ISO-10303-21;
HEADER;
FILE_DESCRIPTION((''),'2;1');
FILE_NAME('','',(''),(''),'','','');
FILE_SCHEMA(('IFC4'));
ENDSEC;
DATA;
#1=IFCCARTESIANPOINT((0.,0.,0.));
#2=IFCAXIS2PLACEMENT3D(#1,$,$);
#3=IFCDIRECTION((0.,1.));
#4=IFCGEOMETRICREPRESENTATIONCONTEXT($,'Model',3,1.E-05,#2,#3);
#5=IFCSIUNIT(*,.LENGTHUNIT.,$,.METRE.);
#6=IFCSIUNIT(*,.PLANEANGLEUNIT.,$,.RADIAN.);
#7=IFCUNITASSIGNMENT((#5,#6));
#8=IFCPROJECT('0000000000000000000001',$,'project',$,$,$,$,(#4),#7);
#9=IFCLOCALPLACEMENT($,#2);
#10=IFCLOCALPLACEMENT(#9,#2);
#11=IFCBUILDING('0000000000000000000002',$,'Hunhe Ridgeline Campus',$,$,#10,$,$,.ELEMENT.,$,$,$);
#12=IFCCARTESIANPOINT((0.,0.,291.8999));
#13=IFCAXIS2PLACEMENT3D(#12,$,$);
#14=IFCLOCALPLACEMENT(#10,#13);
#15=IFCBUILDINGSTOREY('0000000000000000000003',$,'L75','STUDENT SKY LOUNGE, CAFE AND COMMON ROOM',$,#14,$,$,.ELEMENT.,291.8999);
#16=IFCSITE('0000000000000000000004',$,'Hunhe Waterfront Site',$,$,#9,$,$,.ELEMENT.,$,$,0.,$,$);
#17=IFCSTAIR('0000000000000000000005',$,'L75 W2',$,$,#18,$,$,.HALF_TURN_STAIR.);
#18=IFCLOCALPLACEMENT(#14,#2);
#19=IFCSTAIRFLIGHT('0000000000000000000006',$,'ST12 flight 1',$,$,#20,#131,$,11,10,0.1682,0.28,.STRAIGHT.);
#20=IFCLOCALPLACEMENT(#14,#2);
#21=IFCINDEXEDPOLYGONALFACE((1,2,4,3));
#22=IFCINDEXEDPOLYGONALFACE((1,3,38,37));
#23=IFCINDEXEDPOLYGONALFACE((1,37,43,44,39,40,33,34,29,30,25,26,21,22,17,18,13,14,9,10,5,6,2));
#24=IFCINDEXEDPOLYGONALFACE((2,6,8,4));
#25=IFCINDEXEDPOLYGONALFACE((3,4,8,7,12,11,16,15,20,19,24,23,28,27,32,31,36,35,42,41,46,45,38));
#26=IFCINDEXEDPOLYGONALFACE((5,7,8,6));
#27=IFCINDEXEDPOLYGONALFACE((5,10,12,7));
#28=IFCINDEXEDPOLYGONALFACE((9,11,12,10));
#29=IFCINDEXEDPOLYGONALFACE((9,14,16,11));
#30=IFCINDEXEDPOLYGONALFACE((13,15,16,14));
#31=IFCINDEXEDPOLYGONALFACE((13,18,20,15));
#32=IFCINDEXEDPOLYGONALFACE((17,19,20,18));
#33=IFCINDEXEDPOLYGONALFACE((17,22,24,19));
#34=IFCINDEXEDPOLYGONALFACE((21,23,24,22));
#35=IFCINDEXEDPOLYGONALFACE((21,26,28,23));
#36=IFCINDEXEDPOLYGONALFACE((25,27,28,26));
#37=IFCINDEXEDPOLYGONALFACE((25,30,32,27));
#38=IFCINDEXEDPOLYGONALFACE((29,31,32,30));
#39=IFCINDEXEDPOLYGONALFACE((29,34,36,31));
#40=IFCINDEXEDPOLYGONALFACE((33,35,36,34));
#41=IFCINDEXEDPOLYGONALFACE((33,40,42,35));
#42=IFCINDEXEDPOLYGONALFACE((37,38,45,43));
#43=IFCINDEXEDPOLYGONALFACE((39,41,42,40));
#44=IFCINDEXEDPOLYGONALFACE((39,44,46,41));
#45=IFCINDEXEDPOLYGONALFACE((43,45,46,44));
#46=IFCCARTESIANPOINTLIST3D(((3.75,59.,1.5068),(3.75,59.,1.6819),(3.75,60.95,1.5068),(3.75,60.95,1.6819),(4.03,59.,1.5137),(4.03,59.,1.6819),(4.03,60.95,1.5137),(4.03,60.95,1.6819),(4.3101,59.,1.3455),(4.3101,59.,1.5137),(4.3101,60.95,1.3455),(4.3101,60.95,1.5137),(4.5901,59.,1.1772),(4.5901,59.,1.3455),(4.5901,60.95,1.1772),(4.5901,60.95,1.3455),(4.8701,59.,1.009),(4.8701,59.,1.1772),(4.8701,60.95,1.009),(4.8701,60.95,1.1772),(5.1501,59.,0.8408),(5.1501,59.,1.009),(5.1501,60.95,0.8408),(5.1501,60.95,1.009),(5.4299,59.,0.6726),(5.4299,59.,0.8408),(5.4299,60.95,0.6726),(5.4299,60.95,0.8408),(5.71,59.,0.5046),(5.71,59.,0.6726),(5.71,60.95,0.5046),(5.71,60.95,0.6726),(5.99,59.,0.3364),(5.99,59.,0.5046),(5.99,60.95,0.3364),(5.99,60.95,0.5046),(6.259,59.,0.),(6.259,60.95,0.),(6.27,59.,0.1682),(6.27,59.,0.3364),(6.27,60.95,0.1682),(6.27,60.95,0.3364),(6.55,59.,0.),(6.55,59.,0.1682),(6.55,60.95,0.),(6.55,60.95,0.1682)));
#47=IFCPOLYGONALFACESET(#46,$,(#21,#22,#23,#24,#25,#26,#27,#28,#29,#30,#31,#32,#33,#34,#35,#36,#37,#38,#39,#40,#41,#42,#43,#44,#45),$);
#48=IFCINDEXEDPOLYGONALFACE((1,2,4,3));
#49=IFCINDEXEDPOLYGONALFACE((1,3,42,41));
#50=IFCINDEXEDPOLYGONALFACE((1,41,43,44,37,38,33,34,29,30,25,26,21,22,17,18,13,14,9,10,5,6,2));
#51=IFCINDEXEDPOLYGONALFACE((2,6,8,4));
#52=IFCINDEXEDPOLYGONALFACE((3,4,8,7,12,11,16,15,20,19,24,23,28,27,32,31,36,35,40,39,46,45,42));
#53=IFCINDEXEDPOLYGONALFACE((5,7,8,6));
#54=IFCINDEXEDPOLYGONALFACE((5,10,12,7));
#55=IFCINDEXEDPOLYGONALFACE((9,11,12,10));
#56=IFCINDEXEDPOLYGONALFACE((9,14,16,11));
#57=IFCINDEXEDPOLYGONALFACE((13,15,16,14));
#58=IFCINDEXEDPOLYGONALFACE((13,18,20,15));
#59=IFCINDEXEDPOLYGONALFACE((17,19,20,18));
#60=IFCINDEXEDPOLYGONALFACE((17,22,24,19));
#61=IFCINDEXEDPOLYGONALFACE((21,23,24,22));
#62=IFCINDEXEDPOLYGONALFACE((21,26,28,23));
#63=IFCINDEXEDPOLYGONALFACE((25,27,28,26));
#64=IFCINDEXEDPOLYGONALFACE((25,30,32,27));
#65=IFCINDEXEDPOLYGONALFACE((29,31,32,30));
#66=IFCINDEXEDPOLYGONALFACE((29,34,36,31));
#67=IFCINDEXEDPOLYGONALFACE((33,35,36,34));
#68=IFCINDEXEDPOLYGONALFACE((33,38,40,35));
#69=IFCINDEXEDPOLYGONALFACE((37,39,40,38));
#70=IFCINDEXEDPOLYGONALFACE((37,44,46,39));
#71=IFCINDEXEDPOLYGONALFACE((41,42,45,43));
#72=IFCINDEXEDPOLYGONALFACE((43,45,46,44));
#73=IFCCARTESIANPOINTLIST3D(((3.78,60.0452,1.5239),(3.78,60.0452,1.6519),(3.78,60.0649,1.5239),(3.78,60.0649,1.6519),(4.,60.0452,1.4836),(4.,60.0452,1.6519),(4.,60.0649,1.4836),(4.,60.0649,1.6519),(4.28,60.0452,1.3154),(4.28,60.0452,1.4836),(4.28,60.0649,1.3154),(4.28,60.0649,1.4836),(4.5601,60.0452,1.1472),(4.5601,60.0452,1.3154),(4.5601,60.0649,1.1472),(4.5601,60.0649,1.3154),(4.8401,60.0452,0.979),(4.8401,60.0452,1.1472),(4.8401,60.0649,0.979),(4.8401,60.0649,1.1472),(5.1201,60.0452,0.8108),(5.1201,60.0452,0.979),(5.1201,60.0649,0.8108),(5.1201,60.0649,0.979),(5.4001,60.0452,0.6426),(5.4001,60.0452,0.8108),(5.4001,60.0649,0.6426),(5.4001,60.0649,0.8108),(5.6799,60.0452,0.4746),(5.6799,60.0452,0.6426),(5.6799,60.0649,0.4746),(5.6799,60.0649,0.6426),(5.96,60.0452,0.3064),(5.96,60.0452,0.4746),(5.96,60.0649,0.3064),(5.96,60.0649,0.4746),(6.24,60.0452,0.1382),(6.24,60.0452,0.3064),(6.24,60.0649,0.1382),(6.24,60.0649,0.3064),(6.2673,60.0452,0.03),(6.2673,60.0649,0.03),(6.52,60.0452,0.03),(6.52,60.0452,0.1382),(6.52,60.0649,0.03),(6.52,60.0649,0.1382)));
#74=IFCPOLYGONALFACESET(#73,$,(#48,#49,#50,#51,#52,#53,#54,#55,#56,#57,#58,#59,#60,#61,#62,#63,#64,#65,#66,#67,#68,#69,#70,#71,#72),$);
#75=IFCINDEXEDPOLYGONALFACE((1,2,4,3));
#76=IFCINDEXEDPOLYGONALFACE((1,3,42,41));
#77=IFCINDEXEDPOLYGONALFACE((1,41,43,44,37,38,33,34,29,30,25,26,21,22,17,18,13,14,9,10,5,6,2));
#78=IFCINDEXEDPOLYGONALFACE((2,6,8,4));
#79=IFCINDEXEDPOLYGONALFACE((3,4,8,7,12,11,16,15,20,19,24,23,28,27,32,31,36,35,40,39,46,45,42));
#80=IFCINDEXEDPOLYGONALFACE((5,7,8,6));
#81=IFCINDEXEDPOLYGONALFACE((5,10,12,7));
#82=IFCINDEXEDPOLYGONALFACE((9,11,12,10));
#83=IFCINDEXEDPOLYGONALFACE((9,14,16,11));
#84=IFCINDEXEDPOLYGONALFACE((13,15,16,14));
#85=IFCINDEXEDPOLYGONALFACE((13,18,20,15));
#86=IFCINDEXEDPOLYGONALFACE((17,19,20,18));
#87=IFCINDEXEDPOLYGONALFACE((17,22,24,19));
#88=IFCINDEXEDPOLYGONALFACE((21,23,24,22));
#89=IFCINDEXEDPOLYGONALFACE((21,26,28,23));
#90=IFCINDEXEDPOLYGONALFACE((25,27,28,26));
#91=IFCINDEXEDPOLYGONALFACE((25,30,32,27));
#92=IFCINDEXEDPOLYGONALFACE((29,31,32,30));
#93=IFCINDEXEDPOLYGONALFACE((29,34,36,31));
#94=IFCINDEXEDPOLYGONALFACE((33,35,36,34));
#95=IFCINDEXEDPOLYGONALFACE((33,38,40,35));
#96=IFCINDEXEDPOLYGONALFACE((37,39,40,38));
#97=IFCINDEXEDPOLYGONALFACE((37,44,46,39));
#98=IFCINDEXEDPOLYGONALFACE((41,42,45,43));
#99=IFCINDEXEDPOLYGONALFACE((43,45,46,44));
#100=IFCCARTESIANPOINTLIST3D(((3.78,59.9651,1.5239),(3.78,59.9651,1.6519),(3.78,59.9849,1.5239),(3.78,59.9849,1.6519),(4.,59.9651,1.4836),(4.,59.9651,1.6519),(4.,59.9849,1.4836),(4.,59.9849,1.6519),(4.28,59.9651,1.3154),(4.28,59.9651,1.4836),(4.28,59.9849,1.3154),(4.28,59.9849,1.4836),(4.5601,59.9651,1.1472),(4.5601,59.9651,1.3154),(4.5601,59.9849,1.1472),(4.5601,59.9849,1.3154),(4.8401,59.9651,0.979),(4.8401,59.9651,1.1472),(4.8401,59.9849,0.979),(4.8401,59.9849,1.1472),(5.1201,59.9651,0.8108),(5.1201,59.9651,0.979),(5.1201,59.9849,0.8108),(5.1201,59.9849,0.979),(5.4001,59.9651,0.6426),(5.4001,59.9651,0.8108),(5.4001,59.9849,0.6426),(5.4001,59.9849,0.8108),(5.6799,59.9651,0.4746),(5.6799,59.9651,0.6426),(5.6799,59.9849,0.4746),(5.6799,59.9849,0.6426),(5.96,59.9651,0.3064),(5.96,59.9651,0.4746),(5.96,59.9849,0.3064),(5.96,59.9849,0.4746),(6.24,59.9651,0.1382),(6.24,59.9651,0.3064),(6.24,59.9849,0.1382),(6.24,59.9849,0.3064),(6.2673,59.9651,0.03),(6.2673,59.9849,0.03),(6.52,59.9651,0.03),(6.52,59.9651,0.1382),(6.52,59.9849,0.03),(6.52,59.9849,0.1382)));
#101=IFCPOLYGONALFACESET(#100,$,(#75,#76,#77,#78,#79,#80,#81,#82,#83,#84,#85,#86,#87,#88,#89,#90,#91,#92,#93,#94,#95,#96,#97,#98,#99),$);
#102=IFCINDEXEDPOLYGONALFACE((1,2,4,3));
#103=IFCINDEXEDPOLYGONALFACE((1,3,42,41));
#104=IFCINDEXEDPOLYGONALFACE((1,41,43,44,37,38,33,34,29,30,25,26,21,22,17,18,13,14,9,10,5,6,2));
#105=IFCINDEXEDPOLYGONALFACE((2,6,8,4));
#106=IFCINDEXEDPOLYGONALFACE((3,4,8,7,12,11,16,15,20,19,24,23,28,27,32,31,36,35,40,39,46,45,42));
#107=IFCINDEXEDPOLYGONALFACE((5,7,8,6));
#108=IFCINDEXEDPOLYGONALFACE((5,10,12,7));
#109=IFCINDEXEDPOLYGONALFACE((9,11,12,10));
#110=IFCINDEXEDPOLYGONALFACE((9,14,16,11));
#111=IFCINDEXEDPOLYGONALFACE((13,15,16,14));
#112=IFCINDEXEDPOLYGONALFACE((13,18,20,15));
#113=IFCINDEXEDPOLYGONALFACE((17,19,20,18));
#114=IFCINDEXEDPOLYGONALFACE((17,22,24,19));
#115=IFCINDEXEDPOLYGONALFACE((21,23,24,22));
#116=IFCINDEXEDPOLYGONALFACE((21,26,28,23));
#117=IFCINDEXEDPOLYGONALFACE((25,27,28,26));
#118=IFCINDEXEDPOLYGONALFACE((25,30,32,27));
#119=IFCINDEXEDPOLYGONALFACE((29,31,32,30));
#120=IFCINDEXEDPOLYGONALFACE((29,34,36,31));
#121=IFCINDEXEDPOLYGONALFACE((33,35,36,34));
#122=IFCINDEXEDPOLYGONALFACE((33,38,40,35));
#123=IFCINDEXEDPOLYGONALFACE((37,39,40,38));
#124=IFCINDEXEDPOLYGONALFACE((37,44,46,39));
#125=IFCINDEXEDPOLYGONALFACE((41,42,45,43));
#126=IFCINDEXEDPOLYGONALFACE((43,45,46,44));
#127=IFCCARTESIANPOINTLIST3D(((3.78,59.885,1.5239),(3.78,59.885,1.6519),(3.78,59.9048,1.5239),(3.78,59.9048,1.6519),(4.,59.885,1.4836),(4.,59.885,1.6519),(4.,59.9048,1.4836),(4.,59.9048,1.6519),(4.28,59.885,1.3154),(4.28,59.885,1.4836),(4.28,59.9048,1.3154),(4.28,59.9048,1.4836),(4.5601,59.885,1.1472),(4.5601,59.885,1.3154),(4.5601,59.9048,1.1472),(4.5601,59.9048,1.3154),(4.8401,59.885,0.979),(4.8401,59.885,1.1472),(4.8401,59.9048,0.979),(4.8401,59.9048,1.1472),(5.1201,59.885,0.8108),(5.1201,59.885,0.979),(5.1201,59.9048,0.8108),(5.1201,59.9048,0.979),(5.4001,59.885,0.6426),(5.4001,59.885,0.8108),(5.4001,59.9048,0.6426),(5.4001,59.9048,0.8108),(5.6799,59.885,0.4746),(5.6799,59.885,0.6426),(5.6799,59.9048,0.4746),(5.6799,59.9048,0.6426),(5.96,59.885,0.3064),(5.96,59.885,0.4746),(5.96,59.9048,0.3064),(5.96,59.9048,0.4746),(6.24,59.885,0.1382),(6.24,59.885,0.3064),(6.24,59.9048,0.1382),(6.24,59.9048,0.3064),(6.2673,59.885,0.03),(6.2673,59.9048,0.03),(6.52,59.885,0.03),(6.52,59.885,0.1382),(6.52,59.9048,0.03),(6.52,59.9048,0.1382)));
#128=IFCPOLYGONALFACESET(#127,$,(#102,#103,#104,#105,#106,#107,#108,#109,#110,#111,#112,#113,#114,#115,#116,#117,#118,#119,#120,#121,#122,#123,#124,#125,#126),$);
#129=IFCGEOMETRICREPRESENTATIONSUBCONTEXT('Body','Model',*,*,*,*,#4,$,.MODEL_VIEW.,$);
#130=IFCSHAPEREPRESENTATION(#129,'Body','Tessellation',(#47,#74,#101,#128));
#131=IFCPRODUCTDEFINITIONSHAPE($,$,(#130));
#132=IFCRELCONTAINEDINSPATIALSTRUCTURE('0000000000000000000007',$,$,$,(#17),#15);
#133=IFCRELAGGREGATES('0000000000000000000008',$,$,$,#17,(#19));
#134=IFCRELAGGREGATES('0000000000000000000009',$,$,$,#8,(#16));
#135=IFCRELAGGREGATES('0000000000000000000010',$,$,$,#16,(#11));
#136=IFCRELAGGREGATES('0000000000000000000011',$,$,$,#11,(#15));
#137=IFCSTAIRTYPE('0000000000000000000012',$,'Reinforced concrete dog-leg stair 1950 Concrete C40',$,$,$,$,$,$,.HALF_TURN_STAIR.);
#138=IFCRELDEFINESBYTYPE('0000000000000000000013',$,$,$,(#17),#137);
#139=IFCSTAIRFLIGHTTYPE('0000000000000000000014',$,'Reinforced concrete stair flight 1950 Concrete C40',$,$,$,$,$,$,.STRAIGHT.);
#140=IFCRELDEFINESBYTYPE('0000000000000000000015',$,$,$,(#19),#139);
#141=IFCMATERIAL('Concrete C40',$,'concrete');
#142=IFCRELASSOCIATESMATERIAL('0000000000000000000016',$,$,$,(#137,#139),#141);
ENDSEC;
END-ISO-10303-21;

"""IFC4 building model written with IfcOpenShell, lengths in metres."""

from ifc_helpers import new_model, si_unit, direction, frame, origin, place, context, subcontext, project, spatial, polyline, outline, extrude, material, type_object, element, aggregate, save


model = new_model("IFC4")

# Units and contexts
model_context = context("Model", 3, precision=1e-05, world=origin(), true_north=direction((0.0, 1.0)))
body_context = subcontext(model_context, "Body", "Model", "MODEL_VIEW")
ifc_project = project(units=[si_unit("LENGTHUNIT", "METRE"), si_unit("PLANEANGLEUNIT", "RADIAN")], contexts=[model_context])

# Site, building, storey
site_placement = place(None, origin())
site = spatial("IfcSite", under=ifc_project, at=site_placement, Name="Hunhe Waterfront Site", CompositionType="ELEMENT", RefElevation=0.0)
building_placement = place(site_placement, origin())
building = spatial("IfcBuilding", under=site, at=building_placement, Name="Hunhe Ridgeline Campus", CompositionType="ELEMENT")
storey_placement = place(building_placement, frame((0.0, 0.0, 291.8999)))
storey = spatial("IfcBuildingStorey", under=building, at=storey_placement, Name="L75", Description="STUDENT SKY LOUNGE, CAFE AND COMMON ROOM", CompositionType="ELEMENT", Elevation=291.8999)

# Shared definitions
ifc_material_1 = material(Name="Concrete C40", Category="concrete")
stair_type = type_object("IfcStairType", Name="Reinforced concrete dog-leg stair 1950 Concrete C40", PredefinedType="HALF_TURN_STAIR", material=ifc_material_1)
stair_flight_type = type_object("IfcStairFlightType", Name="Reinforced concrete stair flight 1950 Concrete C40", PredefinedType="STRAIGHT", material=ifc_material_1)

# Stair, stair flight
stair_1_placement = place(storey_placement, origin())
stair_1 = element("IfcStair", 1, at=stair_1_placement, inside=storey, type_object=stair_type, Name="L75 W2", PredefinedType="HALF_TURN_STAIR")
stair_flight_1_placement = place(storey_placement, frame((6.55, 59.9751, 0.0), z_axis=(0.0, 0.0, 1.0), x_axis=(-1.0, 0.0, 0.0)))
stair_flight_1 = element("IfcStairFlight", 2, at=stair_flight_1_placement, type_object=stair_flight_type, Name="ST12 flight 1", NumberOfRisers=11, NumberOfTreads=10, PredefinedType="STRAIGHT", RiserHeight=0.1682, TreadLength=0.28, context=body_context, shape_type="SweptSolid", body=[
    extrude(outline(polyline([(0.0, 0.0), (0.0, 0.1682), (0.28, 0.1682), (0.28, 0.3364), (0.5601, 0.3364), (0.5601, 0.5046), (0.8401, 0.5046), (0.8401, 0.6726), (1.1201, 0.6726), (1.1201, 0.8408), (1.3999, 0.8408), (1.3999, 1.009), (1.6799, 1.009), (1.6799, 1.1772), (1.96, 1.1772), (1.96, 1.3455), (2.24, 1.3455), (2.24, 1.5137), (2.52, 1.5137), (2.52, 1.6819), (2.8, 1.6819), (2.8, 1.8501), (2.8, 1.5068), (0.291, 0.0), (0.0, 0.0)])), frame((0.0, 0.9751, 0.0), z_axis=(0.0, -1.0, 0.0), x_axis=(1.0, 0.0, 0.0)), (0.0, 0.0, 1.0), 1.95),
    extrude(outline(polyline([(0.03, 0.03), (0.03, 0.1382), (0.3101, 0.1382), (0.3101, 0.3064), (0.5901, 0.3064), (0.5901, 0.4746), (0.8701, 0.4746), (0.8701, 0.6426), (1.1499, 0.6426), (1.1499, 0.8108), (1.4299, 0.8108), (1.4299, 0.979), (1.71, 0.979), (1.71, 1.1472), (1.99, 1.1472), (1.99, 1.3154), (2.27, 1.3154), (2.27, 1.4836), (2.55, 1.4836), (2.55, 1.6519), (2.77, 1.6519), (2.77, 1.5239), (0.2827, 0.03), (0.03, 0.03)])), frame((0.0, -0.0701, 0.0), z_axis=(0.0, -1.0, 0.0), x_axis=(1.0, 0.0, 0.0)), (0.0, 0.0, 1.0), 0.0198),
    extrude(outline(polyline([(0.03, 0.03), (0.03, 0.1382), (0.3101, 0.1382), (0.3101, 0.3064), (0.5901, 0.3064), (0.5901, 0.4746), (0.8701, 0.4746), (0.8701, 0.6426), (1.1499, 0.6426), (1.1499, 0.8108), (1.4299, 0.8108), (1.4299, 0.979), (1.71, 0.979), (1.71, 1.1472), (1.99, 1.1472), (1.99, 1.3154), (2.27, 1.3154), (2.27, 1.4836), (2.55, 1.4836), (2.55, 1.6519), (2.77, 1.6519), (2.77, 1.5239), (0.2827, 0.03), (0.03, 0.03)])), frame((0.0, 0.01, 0.0), z_axis=(0.0, -1.0, 0.0), x_axis=(1.0, 0.0, 0.0)), (0.0, 0.0, 1.0), 0.0198),
    extrude(outline(polyline([(0.03, 0.03), (0.03, 0.1382), (0.3101, 0.1382), (0.3101, 0.3064), (0.5901, 0.3064), (0.5901, 0.4746), (0.8701, 0.4746), (0.8701, 0.6426), (1.1499, 0.6426), (1.1499, 0.8108), (1.4299, 0.8108), (1.4299, 0.979), (1.71, 0.979), (1.71, 1.1472), (1.99, 1.1472), (1.99, 1.3154), (2.27, 1.3154), (2.27, 1.4836), (2.55, 1.4836), (2.55, 1.6519), (2.77, 1.6519), (2.77, 1.5239), (0.2827, 0.03), (0.03, 0.03)])), frame((0.0, 0.0901, 0.0), z_axis=(0.0, -1.0, 0.0), x_axis=(1.0, 0.0, 0.0)), (0.0, 0.0, 1.0), 0.0198),
])
aggregate(stair_1, [stair_flight_1])

save(model, "model.ifc")
